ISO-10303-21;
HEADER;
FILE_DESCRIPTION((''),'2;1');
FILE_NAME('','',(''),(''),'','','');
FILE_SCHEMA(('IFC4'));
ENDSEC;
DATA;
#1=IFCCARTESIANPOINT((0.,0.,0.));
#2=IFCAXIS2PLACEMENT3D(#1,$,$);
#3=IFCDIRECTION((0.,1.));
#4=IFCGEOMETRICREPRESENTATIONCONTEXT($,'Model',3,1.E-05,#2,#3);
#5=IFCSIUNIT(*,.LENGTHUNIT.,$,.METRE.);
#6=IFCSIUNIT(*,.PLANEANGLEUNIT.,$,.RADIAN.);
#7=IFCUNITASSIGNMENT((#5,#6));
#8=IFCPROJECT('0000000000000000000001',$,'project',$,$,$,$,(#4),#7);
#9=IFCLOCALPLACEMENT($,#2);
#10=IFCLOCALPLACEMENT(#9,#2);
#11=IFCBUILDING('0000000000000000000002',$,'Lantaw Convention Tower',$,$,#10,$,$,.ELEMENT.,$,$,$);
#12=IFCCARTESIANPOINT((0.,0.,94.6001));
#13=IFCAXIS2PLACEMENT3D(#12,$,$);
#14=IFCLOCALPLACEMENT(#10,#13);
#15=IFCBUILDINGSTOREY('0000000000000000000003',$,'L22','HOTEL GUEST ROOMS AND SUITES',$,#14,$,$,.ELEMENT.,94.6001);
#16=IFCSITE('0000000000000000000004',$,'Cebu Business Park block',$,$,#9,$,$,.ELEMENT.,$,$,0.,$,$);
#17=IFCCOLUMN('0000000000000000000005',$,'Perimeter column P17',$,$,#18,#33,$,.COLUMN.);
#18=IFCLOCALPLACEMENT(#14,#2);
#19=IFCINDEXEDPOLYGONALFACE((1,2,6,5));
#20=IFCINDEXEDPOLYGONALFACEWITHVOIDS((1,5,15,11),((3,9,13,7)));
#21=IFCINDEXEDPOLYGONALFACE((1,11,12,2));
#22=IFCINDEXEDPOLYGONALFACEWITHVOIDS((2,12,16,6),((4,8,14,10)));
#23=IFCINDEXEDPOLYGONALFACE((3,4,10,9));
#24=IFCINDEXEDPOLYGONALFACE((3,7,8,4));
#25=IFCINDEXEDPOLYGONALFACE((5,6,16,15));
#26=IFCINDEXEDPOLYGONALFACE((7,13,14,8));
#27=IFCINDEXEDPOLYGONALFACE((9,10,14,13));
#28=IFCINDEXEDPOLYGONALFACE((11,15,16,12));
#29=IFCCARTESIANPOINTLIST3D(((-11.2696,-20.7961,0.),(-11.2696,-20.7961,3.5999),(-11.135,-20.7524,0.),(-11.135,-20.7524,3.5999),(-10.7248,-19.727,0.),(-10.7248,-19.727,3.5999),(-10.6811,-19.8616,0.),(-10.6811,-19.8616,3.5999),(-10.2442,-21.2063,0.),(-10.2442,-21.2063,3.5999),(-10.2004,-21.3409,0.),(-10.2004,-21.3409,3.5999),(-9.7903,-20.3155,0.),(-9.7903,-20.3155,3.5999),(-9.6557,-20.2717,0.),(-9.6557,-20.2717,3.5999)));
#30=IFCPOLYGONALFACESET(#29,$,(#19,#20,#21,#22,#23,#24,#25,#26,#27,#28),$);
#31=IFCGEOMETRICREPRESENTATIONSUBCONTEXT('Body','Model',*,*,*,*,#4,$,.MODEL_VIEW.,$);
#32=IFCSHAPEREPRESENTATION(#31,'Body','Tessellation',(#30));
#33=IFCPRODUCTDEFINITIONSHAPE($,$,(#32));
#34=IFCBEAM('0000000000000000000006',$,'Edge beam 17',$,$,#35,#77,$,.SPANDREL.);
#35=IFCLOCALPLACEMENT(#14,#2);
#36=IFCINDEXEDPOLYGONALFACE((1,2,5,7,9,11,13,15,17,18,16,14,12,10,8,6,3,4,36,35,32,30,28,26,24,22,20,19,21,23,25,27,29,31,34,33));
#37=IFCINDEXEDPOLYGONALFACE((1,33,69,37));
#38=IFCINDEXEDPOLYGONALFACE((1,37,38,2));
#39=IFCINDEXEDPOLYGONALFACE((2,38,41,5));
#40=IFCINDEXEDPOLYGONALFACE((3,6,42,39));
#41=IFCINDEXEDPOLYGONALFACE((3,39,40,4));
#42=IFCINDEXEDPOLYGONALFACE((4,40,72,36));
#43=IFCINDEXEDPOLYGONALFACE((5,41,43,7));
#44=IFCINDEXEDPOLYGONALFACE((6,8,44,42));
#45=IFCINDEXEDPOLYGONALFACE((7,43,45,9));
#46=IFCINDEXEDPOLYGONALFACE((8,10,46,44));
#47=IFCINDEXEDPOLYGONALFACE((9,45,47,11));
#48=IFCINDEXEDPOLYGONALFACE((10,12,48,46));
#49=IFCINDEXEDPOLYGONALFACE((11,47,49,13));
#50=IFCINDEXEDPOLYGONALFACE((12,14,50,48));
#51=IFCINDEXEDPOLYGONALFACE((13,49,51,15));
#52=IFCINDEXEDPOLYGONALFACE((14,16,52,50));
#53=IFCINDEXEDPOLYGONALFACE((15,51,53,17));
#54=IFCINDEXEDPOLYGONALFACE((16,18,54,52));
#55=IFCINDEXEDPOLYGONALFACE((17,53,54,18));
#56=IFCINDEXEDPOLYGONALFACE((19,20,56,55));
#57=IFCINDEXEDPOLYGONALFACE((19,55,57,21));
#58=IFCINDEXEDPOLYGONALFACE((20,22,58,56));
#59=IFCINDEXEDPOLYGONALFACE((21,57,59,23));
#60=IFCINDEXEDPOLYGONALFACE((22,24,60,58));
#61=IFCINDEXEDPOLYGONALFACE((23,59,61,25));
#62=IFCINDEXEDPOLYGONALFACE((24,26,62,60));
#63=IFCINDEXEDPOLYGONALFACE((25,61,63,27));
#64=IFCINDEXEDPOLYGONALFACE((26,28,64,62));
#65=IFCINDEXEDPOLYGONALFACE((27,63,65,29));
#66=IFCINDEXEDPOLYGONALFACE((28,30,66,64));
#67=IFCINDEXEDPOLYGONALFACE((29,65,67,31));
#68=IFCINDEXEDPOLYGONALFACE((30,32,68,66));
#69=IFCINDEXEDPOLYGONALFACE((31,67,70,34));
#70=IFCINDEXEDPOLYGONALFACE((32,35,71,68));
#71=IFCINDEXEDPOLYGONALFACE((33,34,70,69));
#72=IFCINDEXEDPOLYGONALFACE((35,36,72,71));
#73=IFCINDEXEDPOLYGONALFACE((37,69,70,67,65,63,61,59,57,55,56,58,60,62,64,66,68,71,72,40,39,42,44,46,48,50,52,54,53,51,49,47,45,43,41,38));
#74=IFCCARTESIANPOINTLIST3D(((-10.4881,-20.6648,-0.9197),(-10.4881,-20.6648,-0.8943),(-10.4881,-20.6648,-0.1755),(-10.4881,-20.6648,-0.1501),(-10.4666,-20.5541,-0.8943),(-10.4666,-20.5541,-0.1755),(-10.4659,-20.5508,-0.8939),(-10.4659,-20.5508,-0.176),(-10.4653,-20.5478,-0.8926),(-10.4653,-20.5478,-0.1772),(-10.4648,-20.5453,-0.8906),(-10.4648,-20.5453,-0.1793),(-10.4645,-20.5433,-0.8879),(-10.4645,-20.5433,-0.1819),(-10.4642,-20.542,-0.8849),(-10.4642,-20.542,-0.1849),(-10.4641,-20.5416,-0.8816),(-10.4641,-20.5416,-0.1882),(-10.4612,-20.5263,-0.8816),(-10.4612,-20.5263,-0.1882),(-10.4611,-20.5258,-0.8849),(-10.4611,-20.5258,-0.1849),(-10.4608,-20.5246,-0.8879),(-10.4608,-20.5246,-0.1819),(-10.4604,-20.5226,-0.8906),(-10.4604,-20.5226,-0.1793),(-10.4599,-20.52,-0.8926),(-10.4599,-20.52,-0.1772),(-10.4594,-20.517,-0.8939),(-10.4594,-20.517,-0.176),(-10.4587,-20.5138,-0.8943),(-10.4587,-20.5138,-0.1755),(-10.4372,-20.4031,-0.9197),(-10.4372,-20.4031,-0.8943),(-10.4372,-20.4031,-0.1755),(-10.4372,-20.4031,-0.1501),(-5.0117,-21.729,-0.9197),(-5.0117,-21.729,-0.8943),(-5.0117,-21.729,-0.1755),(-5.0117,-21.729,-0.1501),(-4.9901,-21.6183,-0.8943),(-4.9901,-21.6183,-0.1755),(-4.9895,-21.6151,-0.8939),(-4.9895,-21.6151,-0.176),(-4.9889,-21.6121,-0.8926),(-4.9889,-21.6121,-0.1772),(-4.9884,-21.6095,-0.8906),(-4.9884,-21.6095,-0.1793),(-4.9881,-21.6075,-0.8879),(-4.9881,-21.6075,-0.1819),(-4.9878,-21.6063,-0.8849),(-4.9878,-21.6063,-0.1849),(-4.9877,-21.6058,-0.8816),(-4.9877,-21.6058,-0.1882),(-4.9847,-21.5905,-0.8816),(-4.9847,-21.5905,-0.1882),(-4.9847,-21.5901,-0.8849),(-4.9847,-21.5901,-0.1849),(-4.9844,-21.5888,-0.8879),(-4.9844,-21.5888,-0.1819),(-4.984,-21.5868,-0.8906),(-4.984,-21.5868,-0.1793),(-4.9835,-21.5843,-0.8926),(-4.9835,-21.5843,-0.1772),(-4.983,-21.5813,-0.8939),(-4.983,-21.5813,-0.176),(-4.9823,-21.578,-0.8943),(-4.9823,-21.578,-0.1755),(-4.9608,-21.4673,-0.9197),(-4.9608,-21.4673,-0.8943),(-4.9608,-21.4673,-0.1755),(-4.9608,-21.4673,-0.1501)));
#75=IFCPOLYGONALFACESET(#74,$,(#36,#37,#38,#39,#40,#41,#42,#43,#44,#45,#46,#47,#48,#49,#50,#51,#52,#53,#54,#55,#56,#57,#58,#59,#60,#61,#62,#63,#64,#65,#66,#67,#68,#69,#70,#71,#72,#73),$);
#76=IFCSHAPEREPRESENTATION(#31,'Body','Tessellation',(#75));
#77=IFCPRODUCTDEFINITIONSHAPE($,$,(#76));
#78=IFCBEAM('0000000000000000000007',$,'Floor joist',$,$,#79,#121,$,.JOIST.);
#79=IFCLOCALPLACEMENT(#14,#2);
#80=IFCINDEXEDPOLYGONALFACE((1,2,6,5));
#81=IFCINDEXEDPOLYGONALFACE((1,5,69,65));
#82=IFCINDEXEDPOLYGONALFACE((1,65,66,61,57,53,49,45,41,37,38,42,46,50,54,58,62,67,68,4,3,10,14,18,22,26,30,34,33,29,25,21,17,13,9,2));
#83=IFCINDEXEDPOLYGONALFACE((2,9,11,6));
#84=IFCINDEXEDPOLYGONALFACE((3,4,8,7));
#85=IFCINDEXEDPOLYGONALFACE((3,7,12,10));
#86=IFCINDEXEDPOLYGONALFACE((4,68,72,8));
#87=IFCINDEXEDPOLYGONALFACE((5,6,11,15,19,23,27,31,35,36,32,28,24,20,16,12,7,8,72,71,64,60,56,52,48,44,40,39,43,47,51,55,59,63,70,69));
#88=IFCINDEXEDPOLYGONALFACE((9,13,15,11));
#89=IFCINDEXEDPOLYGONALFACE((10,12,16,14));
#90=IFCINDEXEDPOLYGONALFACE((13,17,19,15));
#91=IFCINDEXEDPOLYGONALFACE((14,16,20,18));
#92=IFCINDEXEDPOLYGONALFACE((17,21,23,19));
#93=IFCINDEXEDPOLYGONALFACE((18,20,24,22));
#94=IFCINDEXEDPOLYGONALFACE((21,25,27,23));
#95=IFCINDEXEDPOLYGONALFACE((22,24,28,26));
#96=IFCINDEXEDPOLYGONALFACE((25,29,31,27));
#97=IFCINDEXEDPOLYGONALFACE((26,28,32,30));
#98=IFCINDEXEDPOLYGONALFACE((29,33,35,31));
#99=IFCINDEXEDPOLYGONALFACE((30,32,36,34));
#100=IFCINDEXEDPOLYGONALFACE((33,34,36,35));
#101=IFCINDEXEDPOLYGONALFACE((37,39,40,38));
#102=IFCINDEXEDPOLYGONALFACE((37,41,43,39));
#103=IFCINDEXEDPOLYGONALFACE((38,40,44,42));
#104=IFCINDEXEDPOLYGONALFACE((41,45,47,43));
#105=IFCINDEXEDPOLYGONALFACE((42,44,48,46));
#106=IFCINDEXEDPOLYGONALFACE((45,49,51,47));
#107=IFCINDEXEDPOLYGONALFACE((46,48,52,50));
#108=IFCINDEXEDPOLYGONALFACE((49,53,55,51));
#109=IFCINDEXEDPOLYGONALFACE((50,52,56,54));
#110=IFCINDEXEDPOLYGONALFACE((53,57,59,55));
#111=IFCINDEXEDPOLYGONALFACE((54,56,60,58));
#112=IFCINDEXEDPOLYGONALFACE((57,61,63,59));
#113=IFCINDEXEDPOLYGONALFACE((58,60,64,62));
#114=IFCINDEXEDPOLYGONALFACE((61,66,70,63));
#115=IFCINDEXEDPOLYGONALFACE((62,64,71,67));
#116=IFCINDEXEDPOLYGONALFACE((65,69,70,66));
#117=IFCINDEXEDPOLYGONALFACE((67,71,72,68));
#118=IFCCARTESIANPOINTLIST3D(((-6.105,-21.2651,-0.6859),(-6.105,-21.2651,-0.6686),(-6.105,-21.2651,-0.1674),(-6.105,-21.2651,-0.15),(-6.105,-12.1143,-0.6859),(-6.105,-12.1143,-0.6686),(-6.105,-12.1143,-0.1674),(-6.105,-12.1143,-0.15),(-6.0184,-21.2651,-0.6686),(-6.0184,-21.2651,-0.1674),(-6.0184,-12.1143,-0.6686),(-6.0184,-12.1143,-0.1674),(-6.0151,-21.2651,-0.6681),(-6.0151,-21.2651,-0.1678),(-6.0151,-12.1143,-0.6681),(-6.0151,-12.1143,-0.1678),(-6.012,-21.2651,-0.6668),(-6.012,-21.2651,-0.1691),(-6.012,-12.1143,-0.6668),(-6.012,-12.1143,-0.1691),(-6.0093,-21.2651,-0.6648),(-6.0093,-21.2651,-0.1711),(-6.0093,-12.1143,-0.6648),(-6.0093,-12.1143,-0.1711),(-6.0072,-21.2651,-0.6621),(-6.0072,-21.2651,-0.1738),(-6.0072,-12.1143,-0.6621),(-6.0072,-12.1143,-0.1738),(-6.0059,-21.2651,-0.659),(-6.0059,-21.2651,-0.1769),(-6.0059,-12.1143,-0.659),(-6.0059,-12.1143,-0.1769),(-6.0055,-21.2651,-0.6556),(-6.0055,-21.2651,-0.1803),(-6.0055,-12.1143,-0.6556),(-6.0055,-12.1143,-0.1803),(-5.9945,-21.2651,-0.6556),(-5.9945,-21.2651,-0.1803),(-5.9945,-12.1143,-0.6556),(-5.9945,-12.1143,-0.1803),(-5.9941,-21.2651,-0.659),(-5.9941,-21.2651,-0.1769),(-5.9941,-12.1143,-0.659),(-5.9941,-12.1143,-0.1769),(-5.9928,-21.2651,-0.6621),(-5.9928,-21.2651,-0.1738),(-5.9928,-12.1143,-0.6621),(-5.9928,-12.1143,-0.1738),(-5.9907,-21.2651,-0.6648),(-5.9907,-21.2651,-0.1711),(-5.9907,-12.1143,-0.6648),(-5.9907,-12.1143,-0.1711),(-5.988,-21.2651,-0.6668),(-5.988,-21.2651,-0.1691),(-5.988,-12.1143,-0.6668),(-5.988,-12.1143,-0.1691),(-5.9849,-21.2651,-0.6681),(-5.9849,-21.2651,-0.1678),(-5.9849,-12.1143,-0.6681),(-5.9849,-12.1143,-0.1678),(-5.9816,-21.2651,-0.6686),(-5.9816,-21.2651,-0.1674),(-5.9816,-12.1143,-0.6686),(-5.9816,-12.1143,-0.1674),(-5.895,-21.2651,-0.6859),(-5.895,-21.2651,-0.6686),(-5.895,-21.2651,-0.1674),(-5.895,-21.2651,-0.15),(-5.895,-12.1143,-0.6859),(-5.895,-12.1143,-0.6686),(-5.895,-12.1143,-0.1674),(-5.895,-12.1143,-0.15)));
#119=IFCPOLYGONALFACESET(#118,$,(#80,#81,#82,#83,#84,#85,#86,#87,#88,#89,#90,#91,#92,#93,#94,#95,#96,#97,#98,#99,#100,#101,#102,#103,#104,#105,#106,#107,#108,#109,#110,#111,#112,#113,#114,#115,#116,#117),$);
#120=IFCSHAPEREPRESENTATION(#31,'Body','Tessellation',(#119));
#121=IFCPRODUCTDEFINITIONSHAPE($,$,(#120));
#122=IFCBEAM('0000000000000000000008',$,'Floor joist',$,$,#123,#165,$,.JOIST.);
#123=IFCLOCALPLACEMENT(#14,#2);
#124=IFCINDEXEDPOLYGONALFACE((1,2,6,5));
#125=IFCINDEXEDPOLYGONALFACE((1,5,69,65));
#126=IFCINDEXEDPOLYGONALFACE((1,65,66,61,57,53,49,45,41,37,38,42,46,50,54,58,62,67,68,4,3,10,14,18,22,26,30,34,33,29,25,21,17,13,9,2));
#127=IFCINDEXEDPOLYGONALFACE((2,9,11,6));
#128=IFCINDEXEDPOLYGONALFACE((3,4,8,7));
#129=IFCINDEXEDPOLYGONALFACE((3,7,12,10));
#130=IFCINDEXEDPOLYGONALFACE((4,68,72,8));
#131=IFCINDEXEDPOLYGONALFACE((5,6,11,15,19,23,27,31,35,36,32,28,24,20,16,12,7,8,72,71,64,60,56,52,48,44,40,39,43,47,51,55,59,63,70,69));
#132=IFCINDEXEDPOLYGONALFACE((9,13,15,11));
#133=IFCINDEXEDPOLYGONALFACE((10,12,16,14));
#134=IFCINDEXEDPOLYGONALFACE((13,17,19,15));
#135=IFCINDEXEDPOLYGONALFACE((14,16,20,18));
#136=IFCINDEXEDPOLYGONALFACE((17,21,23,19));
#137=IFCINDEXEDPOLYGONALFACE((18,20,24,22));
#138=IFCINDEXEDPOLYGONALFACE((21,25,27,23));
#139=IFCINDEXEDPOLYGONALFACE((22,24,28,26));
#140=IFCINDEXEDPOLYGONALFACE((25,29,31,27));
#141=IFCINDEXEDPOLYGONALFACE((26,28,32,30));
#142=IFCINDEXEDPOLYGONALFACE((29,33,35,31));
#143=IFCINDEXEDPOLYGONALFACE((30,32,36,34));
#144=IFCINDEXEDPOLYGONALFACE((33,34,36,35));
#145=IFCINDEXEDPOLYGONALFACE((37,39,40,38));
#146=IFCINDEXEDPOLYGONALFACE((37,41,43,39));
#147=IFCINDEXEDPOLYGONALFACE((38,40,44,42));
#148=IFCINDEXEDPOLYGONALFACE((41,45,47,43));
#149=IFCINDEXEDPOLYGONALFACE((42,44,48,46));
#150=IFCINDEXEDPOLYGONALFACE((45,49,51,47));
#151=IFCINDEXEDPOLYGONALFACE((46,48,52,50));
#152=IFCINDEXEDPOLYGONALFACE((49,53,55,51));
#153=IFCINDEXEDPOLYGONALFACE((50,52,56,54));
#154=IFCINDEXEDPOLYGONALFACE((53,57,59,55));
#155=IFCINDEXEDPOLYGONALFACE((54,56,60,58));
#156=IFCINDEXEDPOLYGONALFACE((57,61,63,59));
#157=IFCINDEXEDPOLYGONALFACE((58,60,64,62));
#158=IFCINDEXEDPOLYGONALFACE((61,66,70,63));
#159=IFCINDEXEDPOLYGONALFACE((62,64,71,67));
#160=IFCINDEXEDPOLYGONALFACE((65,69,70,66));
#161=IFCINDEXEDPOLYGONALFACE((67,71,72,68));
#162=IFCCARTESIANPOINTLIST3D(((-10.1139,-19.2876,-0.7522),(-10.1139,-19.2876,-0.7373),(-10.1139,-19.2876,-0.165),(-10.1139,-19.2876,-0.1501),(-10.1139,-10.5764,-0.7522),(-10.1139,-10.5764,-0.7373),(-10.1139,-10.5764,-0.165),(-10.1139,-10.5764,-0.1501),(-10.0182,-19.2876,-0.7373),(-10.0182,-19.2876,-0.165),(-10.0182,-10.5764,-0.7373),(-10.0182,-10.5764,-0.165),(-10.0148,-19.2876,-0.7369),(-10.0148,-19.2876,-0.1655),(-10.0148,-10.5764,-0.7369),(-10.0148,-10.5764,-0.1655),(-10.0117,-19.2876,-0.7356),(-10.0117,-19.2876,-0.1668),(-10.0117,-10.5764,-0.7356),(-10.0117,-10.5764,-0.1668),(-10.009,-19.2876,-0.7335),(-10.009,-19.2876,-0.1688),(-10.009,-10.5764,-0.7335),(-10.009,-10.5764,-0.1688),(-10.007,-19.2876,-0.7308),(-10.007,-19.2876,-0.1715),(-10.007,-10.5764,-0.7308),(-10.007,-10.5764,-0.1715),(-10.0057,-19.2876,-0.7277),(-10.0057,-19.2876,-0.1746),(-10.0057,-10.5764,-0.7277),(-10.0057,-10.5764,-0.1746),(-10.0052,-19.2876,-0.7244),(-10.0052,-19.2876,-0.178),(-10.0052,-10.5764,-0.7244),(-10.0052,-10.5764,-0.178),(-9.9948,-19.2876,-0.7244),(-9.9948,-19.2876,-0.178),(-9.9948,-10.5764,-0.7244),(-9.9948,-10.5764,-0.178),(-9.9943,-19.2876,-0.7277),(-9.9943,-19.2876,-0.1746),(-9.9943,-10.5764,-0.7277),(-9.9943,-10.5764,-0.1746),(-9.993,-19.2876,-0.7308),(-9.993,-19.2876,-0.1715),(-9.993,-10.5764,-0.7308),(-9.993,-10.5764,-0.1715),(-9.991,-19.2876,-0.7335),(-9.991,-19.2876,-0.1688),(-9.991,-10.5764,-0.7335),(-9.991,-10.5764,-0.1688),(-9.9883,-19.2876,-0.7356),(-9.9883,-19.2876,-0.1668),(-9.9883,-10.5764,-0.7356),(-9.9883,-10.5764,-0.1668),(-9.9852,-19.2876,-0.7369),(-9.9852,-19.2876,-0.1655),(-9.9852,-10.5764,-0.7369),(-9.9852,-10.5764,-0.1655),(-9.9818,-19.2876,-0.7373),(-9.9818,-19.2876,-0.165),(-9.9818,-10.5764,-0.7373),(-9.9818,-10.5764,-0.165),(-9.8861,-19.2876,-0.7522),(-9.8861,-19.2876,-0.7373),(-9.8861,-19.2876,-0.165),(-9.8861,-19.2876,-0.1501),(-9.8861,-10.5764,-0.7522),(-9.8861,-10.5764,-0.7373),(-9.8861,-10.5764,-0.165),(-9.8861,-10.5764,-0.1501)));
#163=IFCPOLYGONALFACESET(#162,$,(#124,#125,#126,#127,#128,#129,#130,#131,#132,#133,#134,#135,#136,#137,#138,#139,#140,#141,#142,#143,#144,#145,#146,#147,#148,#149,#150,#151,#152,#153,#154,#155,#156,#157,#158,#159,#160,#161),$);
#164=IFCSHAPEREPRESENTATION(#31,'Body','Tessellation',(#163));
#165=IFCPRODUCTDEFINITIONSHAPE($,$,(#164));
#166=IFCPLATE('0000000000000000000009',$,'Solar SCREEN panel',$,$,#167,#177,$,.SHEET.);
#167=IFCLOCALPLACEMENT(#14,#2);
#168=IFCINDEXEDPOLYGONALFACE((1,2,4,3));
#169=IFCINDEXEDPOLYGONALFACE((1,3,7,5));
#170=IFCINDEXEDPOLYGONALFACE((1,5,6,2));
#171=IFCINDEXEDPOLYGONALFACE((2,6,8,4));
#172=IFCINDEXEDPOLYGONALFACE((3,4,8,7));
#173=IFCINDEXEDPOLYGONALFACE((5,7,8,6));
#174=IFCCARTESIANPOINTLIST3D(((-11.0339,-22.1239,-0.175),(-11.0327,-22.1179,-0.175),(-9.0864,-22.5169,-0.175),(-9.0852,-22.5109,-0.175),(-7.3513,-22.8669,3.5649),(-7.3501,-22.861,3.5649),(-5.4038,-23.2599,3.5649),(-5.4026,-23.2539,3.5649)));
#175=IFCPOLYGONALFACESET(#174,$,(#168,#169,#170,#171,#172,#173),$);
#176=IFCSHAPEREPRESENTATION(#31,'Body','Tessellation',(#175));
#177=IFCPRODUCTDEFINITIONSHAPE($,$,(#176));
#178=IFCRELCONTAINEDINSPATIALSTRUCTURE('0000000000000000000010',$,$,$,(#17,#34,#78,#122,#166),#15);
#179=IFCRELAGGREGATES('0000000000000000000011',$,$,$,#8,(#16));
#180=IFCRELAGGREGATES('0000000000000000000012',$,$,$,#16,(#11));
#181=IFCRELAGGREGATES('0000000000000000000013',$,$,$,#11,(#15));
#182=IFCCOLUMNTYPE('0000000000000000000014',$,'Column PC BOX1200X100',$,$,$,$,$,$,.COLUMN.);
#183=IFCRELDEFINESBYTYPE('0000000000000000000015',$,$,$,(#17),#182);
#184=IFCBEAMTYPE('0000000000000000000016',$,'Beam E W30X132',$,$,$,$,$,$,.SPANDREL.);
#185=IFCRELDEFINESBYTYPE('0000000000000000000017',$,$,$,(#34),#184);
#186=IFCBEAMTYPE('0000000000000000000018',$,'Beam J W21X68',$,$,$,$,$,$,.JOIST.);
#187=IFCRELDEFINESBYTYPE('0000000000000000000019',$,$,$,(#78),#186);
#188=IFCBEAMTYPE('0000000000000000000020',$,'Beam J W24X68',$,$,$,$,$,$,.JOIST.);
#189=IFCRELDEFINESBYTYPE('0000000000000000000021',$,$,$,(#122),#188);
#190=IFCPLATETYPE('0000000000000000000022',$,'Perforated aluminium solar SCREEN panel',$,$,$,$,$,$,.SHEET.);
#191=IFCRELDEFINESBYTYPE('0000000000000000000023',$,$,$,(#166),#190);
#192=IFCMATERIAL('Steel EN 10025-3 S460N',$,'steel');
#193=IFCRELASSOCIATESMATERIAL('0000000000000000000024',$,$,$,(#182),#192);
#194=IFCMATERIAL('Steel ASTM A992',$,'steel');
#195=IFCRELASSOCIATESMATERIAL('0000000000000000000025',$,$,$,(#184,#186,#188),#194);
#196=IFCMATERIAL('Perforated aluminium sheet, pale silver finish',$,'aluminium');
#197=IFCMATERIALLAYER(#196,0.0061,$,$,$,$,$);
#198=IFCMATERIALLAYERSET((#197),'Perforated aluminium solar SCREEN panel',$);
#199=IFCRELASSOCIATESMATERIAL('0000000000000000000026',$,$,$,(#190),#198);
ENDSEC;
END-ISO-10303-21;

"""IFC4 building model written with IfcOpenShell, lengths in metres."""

from ifc_helpers import new_model, si_unit, direction, frame, origin, origin_2d, place, context, subcontext, project, spatial, polyline, rectangle, hollow_rectangle, i_section, outline, extrude, material, layer, layer_set, material_profile, profile_set, type_object, element, save


model = new_model("IFC4")

# Units and contexts
model_context = context("Model", 3, precision=1e-05, world=origin(), true_north=direction((0.0, 1.0)))
body_context = subcontext(model_context, "Body", "Model", "MODEL_VIEW")
ifc_project = project(units=[si_unit("LENGTHUNIT", "METRE"), si_unit("PLANEANGLEUNIT", "RADIAN")], contexts=[model_context])

# Site, building, storey
site_placement = place(None, origin())
site = spatial("IfcSite", under=ifc_project, at=site_placement, Name="Cebu Business Park block", CompositionType="ELEMENT", RefElevation=0.0)
building_placement = place(site_placement, origin())
building = spatial("IfcBuilding", under=site, at=building_placement, Name="Lantaw Convention Tower", CompositionType="ELEMENT")
storey_placement = place(building_placement, frame((0.0, 0.0, 94.6001)))
storey = spatial("IfcBuildingStorey", under=building, at=storey_placement, Name="L22", Description="HOTEL GUEST ROOMS AND SUITES", CompositionType="ELEMENT", Elevation=94.6001)

# Column
ifc_material_1 = material(Name="Steel EN 10025-3 S460N", Category="steel")
ifc_material_profile_1 = material_profile(ifc_material_1, hollow_rectangle(XDim=1.2, YDim=1.2, WallThickness=0.1001, at=origin_2d()), Name="BOX1200X100")
ifc_material_2 = material(Name="Concrete C60/75", Category="concrete")
ifc_material_profile_2 = material_profile(ifc_material_2, rectangle(XDim=1.0, YDim=1.0, at=origin_2d()), Name="Concrete fill of BOX1200X100")
ifc_profile_set_1 = profile_set([ifc_material_profile_1, ifc_material_profile_2], Name="Steel EN 10025-3 S460N")
column_type = type_object("IfcColumnType", Name="Column PC BOX1200X100", PredefinedType="COLUMN", material=ifc_profile_set_1)
column_placement = place(storey_placement, frame((-10.4626, -20.5339, 0.0), z_axis=(0.0, 0.0, 1.0), x_axis=(0.45399, 0.891007, 0.0)))
element("IfcColumn", 1, at=column_placement, inside=storey, type_object=column_type, Name="Perimeter column P17", PredefinedType="COLUMN", context=body_context, shape_type="SweptSolid", body=[
    extrude(hollow_rectangle(XDim=1.2, YDim=1.2, WallThickness=0.1001, at=origin_2d()), origin(), (0.0, 0.0, 1.0), 3.5999),
])

# Beams
ifc_material_3 = material(Name="Steel ASTM A992", Category="steel")
ifc_material_profile_3 = material_profile(ifc_material_3, i_section(OverallWidth=0.2666, OverallDepth=0.7695, WebThickness=0.0156, FlangeThickness=0.0254, FilletRadius=0.0127, at=origin_2d()), Name="W30X132")
ifc_profile_set_2 = profile_set([ifc_material_profile_3], Name="Steel ASTM A992")
beam_type_1 = type_object("IfcBeamType", Name="Beam E W30X132", PredefinedType="SPANDREL", material=ifc_profile_set_2)
beam_1_placement = place(storey_placement, frame((-10.4626, -20.5339, -0.5349), z_axis=(0.981637, -0.190761, 0.0), x_axis=(0.190761, 0.981637, 0.0)))
element("IfcBeam", 2, at=beam_1_placement, inside=storey, type_object=beam_type_1, Name="Edge beam 17", PredefinedType="SPANDREL", context=body_context, shape_type="SweptSolid", body=[
    extrude(i_section(OverallWidth=0.2666, OverallDepth=0.7695, WebThickness=0.0156, FlangeThickness=0.0254, FilletRadius=0.0127, at=origin_2d()), origin(), (0.0, 0.0, 1.0), 5.5789),
])
ifc_material_profile_4 = material_profile(ifc_material_3, i_section(OverallWidth=0.21, OverallDepth=0.5359, WebThickness=0.011, FlangeThickness=0.0173, FilletRadius=0.0129, at=origin_2d()), Name="W21X68")
ifc_profile_set_3 = profile_set([ifc_material_profile_4], Name="Steel ASTM A992")
beam_type_2 = type_object("IfcBeamType", Name="Beam J W21X68", PredefinedType="JOIST", material=ifc_profile_set_3)
beam_2_placement = place(storey_placement, frame((-6.0, -21.2651, -0.418), z_axis=(0.0, 1.0, 0.0), x_axis=(-1.0, 0.0, 0.0)))
element("IfcBeam", 3, at=beam_2_placement, inside=storey, type_object=beam_type_2, Name="Floor joist", PredefinedType="JOIST", context=body_context, shape_type="SweptSolid", body=[
    extrude(i_section(OverallWidth=0.21, OverallDepth=0.5359, WebThickness=0.011, FlangeThickness=0.0173, FilletRadius=0.0129, at=origin_2d()), origin(), (0.0, 0.0, 1.0), 9.1509),
])
ifc_material_profile_5 = material_profile(ifc_material_3, i_section(OverallWidth=0.2278, OverallDepth=0.6021, WebThickness=0.0105, FlangeThickness=0.0149, FilletRadius=0.0129, at=origin_2d()), Name="W24X68")
ifc_profile_set_4 = profile_set([ifc_material_profile_5], Name="Steel ASTM A992")
beam_type_3 = type_object("IfcBeamType", Name="Beam J W24X68", PredefinedType="JOIST", material=ifc_profile_set_4)
beam_3_placement = place(storey_placement, frame((-10.0, -19.2876, -0.4512), z_axis=(0.0, 1.0, 0.0), x_axis=(-1.0, 0.0, 0.0)))
element("IfcBeam", 4, at=beam_3_placement, inside=storey, type_object=beam_type_3, Name="Floor joist", PredefinedType="JOIST", context=body_context, shape_type="SweptSolid", body=[
    extrude(i_section(OverallWidth=0.2278, OverallDepth=0.6021, WebThickness=0.0105, FlangeThickness=0.0149, FilletRadius=0.0129, at=origin_2d()), origin(), (0.0, 0.0, 1.0), 8.7112),
])

# Plate
ifc_material_4 = material(Name="Perforated aluminium sheet, pale silver finish", Category="aluminium")
ifc_layer_1 = layer(ifc_material_4, 0.0061)
ifc_layer_set_1 = layer_set([ifc_layer_1], Name="Perforated aluminium solar SCREEN panel")
plate_type = type_object("IfcPlateType", Name="Perforated aluminium solar SCREEN panel", PredefinedType="SHEET", material=ifc_layer_set_1)
plate_1_placement = place(storey_placement, frame((-11.0327, -22.1179, -0.175), z_axis=(0.197782, 0.980246, 0.000002), x_axis=(0.980246, -0.197782, 0.0)))
element("IfcPlate", 5, at=plate_1_placement, inside=storey, type_object=plate_type, Name="Solar SCREEN panel", PredefinedType="SHEET", context=body_context, shape_type="SweptSolid", body=[
    extrude(outline(polyline([(0.0, 0.0), (1.9868, 0.0), (5.7436, -3.74), (3.7569, -3.74), (0.0, 0.0)])), origin(), (0.0, 0.0, -1.0), 0.0061),
])

save(model, "model.ifc")
